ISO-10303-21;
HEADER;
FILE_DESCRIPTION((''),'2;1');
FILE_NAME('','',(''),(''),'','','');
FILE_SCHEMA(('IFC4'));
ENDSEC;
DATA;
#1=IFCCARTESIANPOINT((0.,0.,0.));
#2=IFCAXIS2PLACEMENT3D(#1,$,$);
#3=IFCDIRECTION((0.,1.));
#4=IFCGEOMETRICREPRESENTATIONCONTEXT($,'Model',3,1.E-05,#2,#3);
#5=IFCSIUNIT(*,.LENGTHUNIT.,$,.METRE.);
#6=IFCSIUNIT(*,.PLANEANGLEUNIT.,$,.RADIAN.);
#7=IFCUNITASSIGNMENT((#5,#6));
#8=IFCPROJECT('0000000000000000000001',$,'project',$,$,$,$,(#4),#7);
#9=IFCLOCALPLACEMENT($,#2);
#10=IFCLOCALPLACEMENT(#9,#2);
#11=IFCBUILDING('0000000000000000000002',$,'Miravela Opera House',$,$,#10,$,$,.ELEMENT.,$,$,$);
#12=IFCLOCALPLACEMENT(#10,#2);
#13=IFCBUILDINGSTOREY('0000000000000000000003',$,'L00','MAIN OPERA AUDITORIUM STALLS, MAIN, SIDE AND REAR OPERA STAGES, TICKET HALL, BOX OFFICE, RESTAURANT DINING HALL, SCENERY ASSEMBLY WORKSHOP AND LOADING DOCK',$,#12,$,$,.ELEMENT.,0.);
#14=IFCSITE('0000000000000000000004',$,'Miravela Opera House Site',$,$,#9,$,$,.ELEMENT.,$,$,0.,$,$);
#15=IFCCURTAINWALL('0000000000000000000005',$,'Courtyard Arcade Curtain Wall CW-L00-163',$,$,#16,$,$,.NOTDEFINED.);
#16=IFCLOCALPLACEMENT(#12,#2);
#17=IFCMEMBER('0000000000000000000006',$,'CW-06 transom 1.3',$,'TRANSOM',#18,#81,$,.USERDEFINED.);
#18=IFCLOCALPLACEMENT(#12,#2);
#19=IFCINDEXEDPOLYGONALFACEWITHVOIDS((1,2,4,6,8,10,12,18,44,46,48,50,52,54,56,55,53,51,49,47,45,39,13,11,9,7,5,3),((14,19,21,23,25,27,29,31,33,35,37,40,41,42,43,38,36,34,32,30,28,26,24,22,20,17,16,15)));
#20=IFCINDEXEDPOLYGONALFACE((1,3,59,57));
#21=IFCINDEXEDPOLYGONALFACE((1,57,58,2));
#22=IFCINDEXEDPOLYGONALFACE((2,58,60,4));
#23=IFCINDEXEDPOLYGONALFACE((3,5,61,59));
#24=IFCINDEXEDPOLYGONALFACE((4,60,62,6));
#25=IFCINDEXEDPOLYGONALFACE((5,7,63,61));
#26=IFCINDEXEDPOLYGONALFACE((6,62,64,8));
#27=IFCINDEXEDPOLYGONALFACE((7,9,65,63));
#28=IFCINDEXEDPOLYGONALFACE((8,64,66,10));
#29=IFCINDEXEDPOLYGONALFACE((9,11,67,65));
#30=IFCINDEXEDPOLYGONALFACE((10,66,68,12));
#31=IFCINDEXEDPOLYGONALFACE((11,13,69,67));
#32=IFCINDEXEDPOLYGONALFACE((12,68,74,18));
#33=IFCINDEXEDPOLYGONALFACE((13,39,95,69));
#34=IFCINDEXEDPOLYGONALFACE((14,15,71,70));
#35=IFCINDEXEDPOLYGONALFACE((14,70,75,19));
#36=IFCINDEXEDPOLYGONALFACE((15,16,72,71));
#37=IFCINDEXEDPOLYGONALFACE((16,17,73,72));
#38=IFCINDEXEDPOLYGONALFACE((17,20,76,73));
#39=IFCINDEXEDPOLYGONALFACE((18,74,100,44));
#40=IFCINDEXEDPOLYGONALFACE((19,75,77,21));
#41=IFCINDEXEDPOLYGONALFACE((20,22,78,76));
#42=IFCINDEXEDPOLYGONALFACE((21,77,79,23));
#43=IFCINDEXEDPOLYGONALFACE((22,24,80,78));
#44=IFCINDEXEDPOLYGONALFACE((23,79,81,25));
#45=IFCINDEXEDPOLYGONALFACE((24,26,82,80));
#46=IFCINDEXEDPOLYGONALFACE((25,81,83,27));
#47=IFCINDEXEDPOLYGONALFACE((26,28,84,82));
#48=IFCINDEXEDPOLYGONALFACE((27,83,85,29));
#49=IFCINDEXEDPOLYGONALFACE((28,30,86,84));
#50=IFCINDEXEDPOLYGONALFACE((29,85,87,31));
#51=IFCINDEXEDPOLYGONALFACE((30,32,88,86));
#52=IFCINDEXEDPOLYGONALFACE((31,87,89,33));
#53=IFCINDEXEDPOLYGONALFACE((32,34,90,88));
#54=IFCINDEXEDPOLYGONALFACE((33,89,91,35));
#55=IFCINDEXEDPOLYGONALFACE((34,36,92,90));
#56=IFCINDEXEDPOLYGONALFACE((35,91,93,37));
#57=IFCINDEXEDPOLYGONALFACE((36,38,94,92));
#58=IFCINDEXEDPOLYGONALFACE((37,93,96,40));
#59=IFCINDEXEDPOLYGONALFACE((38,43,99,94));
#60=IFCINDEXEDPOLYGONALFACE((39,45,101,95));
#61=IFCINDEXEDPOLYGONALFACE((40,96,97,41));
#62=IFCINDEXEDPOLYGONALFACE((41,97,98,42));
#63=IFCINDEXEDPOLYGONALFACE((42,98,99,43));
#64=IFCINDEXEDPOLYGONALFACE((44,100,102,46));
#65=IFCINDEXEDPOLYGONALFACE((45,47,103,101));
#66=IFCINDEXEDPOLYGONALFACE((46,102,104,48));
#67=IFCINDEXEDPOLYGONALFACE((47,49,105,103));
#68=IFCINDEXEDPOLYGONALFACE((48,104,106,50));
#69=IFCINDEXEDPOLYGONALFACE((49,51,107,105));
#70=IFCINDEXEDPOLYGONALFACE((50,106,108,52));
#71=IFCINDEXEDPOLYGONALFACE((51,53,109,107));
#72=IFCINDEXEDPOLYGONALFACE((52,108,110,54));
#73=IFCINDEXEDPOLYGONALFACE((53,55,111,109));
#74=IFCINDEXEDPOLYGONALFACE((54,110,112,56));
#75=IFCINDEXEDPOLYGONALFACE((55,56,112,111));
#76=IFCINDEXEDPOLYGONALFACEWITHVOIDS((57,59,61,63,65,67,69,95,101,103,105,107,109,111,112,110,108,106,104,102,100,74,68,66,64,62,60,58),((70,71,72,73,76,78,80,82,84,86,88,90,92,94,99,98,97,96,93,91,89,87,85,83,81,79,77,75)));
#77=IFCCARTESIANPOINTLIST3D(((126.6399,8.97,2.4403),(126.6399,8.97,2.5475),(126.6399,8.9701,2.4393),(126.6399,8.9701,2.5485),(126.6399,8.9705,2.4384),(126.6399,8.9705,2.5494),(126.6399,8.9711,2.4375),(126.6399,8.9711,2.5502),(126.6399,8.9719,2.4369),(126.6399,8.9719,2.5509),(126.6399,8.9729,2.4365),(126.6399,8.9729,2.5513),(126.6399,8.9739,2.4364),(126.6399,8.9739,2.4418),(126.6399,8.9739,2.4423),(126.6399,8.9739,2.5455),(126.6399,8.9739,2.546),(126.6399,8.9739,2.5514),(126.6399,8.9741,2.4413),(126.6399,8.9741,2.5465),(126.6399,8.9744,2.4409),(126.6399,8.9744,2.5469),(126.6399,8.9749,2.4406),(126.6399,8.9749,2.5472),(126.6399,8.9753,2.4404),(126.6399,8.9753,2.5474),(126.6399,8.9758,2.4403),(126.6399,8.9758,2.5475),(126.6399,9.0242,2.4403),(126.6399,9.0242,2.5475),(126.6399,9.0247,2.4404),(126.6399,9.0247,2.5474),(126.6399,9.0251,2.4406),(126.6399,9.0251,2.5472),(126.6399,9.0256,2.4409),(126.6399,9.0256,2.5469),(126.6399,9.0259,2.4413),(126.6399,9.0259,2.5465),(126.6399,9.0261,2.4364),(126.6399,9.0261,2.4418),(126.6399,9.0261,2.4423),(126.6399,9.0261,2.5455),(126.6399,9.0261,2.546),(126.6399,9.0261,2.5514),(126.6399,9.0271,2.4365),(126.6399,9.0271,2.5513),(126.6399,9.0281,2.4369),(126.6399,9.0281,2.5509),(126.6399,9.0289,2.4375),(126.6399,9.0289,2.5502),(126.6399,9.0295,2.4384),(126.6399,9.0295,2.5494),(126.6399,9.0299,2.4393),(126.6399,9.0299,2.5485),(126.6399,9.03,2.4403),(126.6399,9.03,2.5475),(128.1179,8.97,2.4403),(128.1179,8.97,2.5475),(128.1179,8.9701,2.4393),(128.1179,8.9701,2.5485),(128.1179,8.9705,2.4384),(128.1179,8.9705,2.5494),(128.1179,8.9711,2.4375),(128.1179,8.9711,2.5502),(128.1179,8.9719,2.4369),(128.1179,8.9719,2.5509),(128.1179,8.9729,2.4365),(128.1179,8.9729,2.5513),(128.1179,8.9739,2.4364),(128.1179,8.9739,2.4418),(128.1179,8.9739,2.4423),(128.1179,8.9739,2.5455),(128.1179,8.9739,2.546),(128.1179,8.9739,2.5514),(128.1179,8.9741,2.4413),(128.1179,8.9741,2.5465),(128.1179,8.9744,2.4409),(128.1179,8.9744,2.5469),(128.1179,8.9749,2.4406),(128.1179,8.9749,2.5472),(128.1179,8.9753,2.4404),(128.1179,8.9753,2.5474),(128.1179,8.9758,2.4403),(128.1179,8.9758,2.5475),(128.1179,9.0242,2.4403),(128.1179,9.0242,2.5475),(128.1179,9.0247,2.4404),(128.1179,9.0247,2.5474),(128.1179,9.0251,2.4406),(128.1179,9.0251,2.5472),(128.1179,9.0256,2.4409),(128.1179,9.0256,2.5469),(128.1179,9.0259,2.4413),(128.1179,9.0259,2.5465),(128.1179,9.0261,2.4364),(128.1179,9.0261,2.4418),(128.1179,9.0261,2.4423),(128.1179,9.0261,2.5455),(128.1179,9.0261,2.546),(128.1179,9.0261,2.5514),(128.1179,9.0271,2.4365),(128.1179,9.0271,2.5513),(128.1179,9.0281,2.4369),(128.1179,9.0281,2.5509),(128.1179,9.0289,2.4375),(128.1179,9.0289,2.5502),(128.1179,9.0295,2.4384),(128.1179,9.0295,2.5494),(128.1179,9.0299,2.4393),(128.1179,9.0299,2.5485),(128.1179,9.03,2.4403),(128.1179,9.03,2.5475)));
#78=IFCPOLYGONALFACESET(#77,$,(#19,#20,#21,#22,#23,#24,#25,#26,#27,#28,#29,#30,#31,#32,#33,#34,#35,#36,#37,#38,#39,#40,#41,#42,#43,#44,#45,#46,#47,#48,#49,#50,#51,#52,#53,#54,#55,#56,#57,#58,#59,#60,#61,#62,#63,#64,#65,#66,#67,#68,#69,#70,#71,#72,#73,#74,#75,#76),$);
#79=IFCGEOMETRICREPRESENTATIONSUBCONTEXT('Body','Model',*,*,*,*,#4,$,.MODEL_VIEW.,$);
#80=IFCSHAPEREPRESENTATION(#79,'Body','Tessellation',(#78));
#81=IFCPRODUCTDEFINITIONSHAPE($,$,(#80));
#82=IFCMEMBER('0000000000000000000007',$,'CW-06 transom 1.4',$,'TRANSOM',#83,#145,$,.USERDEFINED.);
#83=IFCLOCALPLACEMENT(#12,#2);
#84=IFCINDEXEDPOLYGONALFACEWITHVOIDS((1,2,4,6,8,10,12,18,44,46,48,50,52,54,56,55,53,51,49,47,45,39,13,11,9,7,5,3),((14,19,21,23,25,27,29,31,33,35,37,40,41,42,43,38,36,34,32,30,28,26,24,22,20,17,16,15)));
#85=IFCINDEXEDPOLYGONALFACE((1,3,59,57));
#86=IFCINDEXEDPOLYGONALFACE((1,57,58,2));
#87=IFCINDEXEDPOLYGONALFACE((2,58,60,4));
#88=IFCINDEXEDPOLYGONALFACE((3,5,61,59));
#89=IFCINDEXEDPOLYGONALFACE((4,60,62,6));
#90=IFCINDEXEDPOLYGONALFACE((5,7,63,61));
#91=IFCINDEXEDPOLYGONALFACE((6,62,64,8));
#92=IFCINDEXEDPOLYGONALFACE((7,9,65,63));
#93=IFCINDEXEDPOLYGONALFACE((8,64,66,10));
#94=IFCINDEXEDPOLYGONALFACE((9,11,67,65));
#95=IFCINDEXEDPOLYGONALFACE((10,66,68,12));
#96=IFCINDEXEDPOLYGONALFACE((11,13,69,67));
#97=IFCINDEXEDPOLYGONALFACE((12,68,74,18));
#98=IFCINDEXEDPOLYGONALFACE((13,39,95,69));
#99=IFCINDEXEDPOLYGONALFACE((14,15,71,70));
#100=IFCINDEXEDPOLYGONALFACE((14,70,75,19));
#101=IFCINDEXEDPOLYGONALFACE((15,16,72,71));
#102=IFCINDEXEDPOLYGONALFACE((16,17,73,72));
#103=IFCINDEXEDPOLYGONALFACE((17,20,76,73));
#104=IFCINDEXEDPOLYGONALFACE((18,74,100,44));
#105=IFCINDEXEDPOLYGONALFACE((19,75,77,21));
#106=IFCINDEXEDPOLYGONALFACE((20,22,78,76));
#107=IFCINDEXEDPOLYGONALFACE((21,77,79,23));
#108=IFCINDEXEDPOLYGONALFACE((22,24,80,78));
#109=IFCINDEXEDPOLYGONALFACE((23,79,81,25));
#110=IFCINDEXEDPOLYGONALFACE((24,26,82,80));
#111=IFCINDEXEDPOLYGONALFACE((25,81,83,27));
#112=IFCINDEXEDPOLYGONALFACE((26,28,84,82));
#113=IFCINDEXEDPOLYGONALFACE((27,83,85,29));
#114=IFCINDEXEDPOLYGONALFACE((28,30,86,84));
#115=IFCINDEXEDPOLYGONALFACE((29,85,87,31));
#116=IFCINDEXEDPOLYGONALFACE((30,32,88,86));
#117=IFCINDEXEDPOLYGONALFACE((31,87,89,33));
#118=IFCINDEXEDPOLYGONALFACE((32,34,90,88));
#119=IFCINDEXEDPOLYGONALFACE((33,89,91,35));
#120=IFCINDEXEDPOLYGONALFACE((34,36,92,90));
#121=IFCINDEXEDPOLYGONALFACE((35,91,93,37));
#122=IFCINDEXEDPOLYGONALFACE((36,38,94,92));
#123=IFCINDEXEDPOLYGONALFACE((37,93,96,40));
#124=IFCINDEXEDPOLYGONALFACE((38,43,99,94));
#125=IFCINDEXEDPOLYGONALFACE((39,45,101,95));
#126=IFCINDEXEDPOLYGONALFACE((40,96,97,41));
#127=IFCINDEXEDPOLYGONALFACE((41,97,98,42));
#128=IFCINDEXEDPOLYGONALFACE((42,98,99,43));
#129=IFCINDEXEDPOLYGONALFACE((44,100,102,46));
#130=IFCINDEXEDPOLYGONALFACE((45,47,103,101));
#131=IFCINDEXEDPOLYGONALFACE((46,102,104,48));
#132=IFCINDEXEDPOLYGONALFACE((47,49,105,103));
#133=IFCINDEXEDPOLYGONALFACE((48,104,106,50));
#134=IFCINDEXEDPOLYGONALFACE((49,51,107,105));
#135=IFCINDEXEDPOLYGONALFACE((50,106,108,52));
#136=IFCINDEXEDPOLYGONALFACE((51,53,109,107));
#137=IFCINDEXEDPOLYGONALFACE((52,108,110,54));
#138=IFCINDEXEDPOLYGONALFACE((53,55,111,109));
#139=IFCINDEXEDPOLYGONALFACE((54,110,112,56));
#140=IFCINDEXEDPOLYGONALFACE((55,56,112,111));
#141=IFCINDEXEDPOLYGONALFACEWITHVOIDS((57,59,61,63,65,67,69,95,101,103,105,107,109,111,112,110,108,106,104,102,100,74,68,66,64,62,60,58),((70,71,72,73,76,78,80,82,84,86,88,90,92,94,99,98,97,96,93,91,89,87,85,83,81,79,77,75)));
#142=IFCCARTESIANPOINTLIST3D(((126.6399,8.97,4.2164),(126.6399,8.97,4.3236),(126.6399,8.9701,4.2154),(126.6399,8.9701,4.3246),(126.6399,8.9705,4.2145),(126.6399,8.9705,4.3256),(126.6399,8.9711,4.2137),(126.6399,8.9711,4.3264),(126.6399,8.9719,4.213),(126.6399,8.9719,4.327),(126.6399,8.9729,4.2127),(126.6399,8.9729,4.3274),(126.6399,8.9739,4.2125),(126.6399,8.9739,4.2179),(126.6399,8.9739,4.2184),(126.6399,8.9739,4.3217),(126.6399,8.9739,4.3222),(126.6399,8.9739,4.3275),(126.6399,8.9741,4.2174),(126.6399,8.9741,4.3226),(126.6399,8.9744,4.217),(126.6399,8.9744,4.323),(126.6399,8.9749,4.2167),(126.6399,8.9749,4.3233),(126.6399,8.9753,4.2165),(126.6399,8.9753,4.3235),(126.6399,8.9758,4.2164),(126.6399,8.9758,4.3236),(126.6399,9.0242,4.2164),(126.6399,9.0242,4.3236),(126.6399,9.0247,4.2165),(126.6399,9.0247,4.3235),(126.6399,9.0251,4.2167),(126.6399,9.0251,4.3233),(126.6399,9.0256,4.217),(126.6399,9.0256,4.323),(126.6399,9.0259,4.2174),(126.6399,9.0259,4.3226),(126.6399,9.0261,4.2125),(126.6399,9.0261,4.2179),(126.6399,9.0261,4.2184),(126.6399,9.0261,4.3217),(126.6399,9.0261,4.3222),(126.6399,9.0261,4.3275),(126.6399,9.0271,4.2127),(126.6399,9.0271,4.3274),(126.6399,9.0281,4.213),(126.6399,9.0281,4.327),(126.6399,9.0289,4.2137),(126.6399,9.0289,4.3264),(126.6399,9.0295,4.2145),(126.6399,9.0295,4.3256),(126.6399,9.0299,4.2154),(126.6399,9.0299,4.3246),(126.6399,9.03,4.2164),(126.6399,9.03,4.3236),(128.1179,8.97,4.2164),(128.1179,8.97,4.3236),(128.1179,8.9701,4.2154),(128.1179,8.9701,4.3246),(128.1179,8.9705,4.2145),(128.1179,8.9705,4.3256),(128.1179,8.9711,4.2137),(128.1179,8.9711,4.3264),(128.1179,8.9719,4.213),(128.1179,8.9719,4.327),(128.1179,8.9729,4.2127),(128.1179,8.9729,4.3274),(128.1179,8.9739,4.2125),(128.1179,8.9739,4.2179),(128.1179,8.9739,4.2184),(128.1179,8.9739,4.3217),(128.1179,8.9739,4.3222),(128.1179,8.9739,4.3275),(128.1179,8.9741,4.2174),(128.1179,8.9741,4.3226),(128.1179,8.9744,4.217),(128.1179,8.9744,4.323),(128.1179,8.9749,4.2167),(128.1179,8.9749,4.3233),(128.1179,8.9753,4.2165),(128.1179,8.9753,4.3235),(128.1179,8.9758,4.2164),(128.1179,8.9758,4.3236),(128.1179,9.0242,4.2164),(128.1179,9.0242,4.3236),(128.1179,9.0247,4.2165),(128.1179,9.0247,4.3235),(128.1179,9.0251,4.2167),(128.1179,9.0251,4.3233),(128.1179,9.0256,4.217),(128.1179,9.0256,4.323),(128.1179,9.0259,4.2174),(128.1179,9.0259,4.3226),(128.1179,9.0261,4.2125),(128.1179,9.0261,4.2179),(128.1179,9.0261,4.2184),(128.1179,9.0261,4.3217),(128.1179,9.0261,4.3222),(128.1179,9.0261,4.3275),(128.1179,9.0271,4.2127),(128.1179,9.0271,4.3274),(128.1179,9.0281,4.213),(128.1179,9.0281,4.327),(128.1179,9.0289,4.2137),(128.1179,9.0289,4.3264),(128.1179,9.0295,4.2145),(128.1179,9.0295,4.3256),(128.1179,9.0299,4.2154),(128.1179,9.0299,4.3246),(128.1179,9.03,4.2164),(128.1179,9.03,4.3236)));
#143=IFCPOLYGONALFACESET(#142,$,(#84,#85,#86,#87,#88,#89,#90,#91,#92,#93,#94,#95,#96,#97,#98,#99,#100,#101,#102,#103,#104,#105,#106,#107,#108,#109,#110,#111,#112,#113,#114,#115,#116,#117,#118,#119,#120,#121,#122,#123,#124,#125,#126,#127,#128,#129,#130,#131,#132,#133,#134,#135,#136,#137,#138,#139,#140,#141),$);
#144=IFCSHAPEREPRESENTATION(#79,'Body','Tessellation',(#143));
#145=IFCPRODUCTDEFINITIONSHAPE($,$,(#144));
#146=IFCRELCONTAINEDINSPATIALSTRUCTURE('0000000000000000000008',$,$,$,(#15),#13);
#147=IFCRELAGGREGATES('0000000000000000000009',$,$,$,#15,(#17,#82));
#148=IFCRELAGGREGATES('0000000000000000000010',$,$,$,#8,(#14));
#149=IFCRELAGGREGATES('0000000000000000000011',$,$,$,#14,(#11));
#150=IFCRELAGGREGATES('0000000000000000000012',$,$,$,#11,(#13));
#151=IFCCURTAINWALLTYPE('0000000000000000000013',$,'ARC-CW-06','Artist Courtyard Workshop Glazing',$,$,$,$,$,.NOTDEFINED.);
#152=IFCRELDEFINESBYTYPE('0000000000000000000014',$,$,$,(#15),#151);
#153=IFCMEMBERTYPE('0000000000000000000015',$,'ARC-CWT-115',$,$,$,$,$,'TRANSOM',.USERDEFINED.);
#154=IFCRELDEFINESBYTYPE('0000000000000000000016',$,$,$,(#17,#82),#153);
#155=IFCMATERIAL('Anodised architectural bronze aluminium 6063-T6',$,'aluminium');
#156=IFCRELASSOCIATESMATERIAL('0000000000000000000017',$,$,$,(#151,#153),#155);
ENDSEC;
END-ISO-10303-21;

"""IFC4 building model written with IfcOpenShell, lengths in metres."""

from ifc_helpers import new_model, si_unit, direction, frame, origin, origin_2d, place, context, subcontext, project, spatial, hollow_rectangle, extrude, material, material_profile, profile_set, type_object, element, aggregate, save


model = new_model("IFC4")

# Units and contexts
model_context = context("Model", 3, precision=1e-05, world=origin(), true_north=direction((0.0, 1.0)))
body_context = subcontext(model_context, "Body", "Model", "MODEL_VIEW")
ifc_project = project(units=[si_unit("LENGTHUNIT", "METRE"), si_unit("PLANEANGLEUNIT", "RADIAN")], contexts=[model_context])

# Site, building, storey
site_placement = place(None, origin())
site = spatial("IfcSite", under=ifc_project, at=site_placement, Name="Miravela Opera House Site", CompositionType="ELEMENT", RefElevation=0.0)
building_placement = place(site_placement, origin())
building = spatial("IfcBuilding", under=site, at=building_placement, Name="Miravela Opera House", CompositionType="ELEMENT")
storey_placement = place(building_placement, origin())
storey = spatial("IfcBuildingStorey", under=building, at=storey_placement, Name="L00", Description="MAIN OPERA AUDITORIUM STALLS, MAIN, SIDE AND REAR OPERA STAGES, TICKET HALL, BOX OFFICE, RESTAURANT DINING HALL, SCENERY ASSEMBLY WORKSHOP AND LOADING DOCK", CompositionType="ELEMENT", Elevation=0.0)

# Shared definitions
ifc_material_1 = material(Name="Anodised architectural bronze aluminium 6063-T6", Category="aluminium")
curtain_wall_type = type_object("IfcCurtainWallType", Name="ARC-CW-06", Description="Artist Courtyard Workshop Glazing", PredefinedType="NOTDEFINED", material=ifc_material_1)

# Curtain wall, members
curtain_wall_1_placement = place(storey_placement, origin())
curtain_wall_1 = element("IfcCurtainWall", 1, at=curtain_wall_1_placement, inside=storey, type_object=curtain_wall_type, Name="Courtyard Arcade Curtain Wall CW-L00-163", PredefinedType="NOTDEFINED")
ifc_material_profile_1 = material_profile(ifc_material_1, hollow_rectangle(XDim=0.0601, YDim=0.115, WallThickness=0.0039, InnerFilletRadius=0.002, OuterFilletRadius=0.0039, at=origin_2d()), Name="CWT-60X115")
ifc_profile_set_1 = profile_set([ifc_material_profile_1])
member_type_1 = type_object("IfcMemberType", Name="ARC-CWT-115", ElementType="TRANSOM", PredefinedType="USERDEFINED", material=ifc_profile_set_1)
member_1_placement = place(storey_placement, frame((126.6399, 9.0, 2.4939), z_axis=(1.0, 0.0, 0.0), x_axis=(0.0, 1.0, 0.0)))
member_1 = element("IfcMember", 2, at=member_1_placement, type_object=member_type_1, Name="CW-06 transom 1.3", ObjectType="TRANSOM", PredefinedType="USERDEFINED", context=body_context, shape_type="SweptSolid", body=[
    extrude(hollow_rectangle(XDim=0.0601, YDim=0.115, WallThickness=0.0039, InnerFilletRadius=0.002, OuterFilletRadius=0.0039, at=origin_2d()), origin(), (0.0, 0.0, 1.0), 1.478),
])
member_2_placement = place(storey_placement, frame((126.6399, 9.0, 4.27), z_axis=(1.0, 0.0, 0.0), x_axis=(0.0, 1.0, 0.0)))
member_2 = element("IfcMember", 3, at=member_2_placement, type_object=member_type_1, Name="CW-06 transom 1.4", ObjectType="TRANSOM", PredefinedType="USERDEFINED", context=body_context, shape_type="SweptSolid", body=[
    extrude(hollow_rectangle(XDim=0.0601, YDim=0.115, WallThickness=0.0039, InnerFilletRadius=0.002, OuterFilletRadius=0.0039, at=origin_2d()), origin(), (0.0, 0.0, 1.0), 1.478),
])

aggregate(curtain_wall_1, [member_1, member_2])

save(model, "model.ifc")
